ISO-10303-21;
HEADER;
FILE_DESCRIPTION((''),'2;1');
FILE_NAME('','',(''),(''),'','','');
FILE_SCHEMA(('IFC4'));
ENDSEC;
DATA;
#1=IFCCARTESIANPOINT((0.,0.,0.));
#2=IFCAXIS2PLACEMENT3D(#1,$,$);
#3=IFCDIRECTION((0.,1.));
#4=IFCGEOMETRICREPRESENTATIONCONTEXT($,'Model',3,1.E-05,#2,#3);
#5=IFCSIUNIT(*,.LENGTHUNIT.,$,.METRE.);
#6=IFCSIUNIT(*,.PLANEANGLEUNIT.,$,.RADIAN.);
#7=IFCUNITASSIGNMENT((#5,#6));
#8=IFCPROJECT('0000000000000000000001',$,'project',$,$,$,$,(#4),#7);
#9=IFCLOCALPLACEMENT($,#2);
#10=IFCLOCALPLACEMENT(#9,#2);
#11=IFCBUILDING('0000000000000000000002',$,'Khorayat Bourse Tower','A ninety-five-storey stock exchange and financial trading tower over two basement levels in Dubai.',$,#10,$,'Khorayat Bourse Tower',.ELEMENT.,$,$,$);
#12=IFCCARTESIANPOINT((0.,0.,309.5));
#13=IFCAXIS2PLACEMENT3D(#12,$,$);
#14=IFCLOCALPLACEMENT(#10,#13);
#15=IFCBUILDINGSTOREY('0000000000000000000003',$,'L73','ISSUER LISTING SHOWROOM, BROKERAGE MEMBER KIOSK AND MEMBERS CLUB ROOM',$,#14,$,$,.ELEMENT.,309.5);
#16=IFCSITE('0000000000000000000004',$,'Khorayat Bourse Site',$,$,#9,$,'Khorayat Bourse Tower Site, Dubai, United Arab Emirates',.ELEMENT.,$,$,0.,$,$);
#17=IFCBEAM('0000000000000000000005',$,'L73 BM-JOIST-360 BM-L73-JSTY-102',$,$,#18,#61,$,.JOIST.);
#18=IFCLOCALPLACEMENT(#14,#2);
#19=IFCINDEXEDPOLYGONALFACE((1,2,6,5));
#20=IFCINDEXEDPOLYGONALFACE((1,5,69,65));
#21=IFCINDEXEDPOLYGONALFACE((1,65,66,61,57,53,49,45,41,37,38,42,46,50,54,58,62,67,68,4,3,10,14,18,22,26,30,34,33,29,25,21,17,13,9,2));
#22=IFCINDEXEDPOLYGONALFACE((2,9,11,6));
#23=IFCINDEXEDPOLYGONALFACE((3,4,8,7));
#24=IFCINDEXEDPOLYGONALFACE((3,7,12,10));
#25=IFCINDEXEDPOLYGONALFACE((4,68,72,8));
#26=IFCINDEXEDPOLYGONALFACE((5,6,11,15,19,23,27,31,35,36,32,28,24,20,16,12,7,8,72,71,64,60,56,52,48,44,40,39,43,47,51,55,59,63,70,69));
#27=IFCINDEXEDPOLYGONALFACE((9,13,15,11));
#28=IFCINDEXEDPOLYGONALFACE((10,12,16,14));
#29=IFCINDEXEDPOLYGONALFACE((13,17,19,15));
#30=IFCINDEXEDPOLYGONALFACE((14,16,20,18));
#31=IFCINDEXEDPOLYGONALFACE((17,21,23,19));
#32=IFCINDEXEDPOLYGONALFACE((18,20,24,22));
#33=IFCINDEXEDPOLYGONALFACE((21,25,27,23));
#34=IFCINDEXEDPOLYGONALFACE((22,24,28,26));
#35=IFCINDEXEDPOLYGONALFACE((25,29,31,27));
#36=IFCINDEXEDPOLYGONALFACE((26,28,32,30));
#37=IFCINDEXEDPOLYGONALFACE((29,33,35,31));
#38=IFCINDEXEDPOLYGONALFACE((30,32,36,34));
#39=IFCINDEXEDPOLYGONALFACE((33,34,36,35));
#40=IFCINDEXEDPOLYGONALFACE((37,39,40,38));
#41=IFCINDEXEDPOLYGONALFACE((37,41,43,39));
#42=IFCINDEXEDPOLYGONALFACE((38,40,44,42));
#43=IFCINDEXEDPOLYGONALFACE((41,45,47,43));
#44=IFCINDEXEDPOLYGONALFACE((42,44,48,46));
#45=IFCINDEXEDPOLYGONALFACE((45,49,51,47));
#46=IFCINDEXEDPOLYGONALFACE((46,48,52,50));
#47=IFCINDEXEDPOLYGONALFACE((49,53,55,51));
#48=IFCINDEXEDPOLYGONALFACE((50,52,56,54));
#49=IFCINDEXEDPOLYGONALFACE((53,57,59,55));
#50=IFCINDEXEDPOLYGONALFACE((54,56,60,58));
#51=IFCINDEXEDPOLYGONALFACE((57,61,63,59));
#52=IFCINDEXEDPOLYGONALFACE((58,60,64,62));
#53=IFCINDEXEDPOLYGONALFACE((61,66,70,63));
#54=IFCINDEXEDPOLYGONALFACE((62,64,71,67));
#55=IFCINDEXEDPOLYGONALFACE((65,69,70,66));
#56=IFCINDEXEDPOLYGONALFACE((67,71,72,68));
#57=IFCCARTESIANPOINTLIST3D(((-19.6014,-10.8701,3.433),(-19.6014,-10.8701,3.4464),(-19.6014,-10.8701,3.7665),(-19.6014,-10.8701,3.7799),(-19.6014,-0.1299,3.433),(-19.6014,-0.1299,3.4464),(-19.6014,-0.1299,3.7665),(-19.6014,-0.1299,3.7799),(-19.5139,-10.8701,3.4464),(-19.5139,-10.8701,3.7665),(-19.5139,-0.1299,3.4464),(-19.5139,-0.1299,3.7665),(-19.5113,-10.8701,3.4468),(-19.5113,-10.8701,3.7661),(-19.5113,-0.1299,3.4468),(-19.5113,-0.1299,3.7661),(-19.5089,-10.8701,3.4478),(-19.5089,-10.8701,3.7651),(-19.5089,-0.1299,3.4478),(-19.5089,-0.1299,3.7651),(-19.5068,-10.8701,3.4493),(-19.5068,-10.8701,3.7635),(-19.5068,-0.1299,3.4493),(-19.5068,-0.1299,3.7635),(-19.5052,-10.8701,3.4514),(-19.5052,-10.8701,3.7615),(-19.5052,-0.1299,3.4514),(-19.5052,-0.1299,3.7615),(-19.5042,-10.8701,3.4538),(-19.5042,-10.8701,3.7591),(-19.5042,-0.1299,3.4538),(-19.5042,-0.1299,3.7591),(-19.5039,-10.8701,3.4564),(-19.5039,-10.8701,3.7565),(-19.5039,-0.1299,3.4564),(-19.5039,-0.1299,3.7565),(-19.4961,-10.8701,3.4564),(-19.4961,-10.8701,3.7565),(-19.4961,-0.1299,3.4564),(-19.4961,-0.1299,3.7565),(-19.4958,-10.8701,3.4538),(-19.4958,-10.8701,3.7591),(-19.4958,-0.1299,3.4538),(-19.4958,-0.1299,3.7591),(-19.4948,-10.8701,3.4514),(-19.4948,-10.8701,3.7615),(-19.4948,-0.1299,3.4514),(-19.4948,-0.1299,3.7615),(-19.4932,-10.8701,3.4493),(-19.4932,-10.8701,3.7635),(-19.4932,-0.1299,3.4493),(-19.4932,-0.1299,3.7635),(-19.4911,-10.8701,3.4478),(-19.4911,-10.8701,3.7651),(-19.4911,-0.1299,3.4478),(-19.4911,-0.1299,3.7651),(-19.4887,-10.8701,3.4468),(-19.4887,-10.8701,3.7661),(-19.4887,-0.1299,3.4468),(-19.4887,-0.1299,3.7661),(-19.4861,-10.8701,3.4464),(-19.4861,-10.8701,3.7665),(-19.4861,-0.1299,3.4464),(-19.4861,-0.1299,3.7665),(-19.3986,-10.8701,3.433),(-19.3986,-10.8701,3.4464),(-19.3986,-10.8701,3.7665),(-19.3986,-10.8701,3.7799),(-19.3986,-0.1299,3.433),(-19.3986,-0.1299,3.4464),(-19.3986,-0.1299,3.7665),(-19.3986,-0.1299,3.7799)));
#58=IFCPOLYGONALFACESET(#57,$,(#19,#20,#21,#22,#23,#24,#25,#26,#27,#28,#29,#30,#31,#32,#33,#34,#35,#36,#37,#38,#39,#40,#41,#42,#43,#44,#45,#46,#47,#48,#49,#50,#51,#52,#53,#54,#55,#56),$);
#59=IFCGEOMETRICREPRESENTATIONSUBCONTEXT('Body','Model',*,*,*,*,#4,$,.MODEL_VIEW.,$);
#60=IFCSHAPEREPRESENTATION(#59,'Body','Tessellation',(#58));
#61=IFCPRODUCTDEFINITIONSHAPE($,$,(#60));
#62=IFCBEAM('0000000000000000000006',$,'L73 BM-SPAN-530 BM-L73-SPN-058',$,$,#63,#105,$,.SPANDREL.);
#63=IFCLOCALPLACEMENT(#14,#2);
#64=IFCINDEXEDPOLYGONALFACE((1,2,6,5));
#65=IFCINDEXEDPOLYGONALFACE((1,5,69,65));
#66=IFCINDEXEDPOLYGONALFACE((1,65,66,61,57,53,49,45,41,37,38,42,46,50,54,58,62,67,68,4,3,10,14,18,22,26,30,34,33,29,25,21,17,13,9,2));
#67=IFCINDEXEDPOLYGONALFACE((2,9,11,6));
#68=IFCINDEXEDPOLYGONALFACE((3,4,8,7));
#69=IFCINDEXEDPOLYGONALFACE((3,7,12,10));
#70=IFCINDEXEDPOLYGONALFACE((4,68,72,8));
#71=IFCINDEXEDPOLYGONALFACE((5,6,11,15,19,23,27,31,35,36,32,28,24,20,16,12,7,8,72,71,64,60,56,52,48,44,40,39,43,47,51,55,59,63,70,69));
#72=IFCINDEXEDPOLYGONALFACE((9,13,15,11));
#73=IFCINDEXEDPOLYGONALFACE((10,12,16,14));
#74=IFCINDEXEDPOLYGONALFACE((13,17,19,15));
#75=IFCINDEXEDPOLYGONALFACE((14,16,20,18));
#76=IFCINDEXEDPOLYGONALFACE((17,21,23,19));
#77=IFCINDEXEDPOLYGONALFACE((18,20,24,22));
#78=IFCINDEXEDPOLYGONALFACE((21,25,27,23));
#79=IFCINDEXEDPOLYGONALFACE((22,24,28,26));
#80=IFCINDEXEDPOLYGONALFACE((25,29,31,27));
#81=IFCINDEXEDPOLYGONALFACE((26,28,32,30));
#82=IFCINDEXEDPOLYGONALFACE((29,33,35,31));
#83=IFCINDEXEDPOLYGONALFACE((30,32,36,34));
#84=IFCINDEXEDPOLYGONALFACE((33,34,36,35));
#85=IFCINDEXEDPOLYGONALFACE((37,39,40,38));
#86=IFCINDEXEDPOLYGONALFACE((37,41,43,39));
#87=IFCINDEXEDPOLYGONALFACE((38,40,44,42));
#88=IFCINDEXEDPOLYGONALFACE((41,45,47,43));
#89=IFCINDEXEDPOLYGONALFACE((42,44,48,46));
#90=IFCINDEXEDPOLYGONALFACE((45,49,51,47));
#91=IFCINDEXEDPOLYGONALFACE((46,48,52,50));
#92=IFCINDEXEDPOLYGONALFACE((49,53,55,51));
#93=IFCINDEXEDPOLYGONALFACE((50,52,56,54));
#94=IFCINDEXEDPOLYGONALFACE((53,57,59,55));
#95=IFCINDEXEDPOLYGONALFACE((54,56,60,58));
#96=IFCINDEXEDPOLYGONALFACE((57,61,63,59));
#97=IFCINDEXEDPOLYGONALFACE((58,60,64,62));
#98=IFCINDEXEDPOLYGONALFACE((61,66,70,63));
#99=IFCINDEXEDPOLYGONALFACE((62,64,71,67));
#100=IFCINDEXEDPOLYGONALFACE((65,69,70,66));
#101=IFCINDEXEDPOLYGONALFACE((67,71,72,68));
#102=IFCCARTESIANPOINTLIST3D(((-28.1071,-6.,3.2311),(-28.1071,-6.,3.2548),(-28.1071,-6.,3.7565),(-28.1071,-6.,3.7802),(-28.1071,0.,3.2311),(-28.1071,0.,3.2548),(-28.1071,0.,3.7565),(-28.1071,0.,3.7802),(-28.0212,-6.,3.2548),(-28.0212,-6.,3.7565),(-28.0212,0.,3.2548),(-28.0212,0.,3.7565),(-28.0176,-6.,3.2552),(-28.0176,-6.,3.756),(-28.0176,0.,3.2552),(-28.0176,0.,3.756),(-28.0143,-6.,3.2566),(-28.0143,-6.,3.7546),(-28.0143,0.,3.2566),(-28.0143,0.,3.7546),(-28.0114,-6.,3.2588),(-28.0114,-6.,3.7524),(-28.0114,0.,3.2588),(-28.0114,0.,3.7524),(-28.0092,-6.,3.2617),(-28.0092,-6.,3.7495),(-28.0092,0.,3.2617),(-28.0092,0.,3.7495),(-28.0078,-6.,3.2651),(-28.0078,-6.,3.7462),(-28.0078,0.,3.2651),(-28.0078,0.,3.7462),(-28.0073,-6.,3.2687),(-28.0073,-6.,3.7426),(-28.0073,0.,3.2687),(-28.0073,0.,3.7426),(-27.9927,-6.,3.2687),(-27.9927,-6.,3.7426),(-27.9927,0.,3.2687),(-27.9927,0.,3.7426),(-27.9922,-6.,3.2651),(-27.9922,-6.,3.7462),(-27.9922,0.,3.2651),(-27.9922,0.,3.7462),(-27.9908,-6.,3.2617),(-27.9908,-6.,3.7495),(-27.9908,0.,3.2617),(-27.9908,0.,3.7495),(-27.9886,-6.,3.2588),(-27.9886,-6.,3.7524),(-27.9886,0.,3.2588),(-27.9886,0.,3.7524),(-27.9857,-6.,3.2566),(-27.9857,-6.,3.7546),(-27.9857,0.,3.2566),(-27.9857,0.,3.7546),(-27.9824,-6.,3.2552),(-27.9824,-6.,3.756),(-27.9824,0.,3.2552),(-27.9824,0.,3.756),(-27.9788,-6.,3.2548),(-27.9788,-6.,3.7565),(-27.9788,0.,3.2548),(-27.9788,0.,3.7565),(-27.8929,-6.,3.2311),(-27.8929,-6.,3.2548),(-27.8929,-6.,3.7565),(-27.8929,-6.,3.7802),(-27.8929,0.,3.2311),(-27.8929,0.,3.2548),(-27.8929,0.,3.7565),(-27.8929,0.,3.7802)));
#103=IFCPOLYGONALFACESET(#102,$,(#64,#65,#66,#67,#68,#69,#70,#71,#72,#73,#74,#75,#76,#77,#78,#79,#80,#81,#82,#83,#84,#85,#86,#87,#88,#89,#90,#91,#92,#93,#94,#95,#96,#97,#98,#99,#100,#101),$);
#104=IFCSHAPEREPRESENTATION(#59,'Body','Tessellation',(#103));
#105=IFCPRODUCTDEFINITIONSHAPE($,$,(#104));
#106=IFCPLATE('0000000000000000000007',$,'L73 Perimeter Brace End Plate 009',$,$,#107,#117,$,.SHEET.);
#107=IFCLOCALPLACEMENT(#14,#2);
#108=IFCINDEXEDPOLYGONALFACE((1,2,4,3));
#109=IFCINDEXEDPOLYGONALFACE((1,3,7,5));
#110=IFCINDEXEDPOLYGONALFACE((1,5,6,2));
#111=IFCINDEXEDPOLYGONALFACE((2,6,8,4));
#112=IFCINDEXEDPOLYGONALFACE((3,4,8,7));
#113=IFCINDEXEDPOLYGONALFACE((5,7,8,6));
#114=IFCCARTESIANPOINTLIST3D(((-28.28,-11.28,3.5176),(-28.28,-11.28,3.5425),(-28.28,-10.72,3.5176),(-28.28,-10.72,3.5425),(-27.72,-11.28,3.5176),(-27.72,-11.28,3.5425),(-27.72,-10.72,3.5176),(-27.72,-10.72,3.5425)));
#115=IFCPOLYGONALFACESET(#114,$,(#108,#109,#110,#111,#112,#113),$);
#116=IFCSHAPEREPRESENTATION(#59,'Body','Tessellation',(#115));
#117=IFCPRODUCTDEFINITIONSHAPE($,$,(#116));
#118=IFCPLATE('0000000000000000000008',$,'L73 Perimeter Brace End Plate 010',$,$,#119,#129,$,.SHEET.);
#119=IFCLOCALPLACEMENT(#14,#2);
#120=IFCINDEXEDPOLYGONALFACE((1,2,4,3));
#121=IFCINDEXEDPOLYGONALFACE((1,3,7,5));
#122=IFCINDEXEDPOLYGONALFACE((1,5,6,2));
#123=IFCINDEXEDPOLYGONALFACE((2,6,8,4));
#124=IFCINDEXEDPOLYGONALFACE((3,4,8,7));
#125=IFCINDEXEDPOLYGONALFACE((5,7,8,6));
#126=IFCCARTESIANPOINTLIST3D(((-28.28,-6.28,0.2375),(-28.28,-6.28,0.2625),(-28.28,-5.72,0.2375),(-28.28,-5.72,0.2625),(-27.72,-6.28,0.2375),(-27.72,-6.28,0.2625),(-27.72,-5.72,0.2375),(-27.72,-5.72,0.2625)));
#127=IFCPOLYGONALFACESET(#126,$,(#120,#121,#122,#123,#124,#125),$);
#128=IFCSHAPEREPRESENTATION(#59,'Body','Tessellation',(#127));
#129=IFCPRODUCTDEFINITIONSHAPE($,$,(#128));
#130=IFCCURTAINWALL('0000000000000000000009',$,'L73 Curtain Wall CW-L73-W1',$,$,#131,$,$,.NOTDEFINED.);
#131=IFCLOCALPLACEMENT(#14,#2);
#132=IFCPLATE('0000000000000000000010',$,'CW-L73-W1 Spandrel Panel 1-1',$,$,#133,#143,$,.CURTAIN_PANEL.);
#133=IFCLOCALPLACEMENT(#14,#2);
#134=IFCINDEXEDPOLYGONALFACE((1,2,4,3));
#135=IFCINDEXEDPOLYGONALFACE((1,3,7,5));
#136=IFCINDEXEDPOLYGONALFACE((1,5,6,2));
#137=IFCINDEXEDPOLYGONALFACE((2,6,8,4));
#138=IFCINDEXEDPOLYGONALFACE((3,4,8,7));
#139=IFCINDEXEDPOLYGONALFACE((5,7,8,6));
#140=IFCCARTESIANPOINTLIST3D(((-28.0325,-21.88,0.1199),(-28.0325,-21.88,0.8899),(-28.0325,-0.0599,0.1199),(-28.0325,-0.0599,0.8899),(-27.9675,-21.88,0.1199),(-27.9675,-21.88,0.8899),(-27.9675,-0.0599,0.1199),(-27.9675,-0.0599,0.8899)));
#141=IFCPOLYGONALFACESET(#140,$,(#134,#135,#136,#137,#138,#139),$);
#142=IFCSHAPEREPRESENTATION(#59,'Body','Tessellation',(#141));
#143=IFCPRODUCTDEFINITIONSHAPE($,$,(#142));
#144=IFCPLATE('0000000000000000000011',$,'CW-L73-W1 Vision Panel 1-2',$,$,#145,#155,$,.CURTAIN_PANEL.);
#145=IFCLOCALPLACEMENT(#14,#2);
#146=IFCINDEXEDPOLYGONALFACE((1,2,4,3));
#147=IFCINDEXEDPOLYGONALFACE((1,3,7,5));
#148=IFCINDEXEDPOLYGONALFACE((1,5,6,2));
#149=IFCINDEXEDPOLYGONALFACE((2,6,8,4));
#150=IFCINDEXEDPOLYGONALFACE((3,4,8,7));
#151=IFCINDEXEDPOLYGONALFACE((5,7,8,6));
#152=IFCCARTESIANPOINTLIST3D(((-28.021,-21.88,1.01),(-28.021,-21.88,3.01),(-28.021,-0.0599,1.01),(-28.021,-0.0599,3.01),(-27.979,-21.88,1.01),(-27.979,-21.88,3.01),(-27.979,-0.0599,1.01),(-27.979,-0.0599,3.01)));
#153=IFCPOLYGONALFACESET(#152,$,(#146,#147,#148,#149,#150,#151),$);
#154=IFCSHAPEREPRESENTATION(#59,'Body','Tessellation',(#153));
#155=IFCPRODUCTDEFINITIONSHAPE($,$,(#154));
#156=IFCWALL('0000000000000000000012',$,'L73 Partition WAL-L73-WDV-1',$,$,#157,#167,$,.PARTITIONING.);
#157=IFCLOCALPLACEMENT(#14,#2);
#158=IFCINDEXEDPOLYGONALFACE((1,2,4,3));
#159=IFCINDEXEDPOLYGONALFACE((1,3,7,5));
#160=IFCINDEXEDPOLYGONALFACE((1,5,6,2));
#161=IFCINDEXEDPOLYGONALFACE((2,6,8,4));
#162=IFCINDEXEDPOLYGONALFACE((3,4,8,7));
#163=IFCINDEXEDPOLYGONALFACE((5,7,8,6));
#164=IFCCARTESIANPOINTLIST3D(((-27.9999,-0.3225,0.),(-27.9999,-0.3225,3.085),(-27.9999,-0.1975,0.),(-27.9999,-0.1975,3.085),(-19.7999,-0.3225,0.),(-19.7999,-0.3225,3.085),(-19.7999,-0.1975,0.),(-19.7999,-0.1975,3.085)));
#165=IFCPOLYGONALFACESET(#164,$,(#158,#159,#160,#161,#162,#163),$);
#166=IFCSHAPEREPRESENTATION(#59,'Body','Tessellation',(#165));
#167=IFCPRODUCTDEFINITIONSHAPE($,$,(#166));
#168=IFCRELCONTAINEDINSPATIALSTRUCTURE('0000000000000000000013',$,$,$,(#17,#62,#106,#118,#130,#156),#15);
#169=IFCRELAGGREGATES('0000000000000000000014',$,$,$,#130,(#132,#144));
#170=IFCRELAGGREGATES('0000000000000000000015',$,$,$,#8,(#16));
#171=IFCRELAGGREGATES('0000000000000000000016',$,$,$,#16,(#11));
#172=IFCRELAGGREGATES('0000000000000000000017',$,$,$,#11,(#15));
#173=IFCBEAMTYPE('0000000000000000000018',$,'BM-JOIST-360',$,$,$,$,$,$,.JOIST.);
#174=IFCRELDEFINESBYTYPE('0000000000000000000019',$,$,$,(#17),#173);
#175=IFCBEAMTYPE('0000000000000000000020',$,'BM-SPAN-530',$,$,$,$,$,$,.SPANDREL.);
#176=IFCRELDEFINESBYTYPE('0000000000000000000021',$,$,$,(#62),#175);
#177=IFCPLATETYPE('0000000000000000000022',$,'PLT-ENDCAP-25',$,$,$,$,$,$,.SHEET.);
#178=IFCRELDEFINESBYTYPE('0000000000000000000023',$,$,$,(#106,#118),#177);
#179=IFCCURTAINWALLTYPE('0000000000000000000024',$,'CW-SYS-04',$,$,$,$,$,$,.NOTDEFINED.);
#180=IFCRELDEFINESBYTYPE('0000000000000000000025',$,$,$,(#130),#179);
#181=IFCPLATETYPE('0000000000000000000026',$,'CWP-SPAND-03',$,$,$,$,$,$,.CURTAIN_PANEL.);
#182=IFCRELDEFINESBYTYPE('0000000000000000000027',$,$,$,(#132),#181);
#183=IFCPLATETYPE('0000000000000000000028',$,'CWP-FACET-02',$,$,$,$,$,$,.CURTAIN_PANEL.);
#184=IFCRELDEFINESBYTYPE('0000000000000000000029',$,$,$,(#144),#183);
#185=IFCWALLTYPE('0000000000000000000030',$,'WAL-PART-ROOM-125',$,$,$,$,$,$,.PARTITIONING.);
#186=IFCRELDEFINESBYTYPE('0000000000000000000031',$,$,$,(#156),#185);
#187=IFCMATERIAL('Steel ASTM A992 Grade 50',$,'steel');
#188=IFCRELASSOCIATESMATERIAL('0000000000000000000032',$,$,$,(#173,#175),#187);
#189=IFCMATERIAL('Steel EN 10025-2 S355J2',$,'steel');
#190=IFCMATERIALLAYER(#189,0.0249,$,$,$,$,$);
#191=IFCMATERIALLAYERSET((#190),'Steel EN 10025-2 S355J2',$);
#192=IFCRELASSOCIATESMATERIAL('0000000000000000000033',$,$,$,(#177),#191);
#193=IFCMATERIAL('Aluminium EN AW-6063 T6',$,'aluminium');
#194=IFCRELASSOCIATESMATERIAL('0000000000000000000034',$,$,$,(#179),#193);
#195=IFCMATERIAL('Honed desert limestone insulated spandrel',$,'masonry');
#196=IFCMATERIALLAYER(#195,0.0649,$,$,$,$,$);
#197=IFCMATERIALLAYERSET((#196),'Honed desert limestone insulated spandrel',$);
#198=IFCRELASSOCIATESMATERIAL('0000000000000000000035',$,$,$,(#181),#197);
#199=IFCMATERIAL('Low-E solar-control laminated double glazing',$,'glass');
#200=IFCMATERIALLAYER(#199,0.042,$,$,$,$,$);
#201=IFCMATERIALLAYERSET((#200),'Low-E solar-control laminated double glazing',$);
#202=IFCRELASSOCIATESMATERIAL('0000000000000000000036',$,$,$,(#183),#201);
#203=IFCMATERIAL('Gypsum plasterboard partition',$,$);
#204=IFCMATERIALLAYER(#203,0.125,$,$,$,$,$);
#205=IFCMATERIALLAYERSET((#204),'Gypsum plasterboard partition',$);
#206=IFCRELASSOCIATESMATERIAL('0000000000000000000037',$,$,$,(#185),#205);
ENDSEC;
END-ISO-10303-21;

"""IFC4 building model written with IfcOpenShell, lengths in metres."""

from ifc_helpers import new_model, si_unit, direction, frame, frame_2d, origin, origin_2d, place, context, subcontext, project, spatial, rectangle, i_section, extrude, source, transform, mapped, material, layer, layer_set, material_profile, profile_set, type_object, element, aggregate, save


model = new_model("IFC4")

# Units and contexts
model_context = context("Model", 3, precision=1e-05, world=origin(), true_north=direction((0.0, 1.0)))
body_context = subcontext(model_context, "Body", "Model", "MODEL_VIEW")
ifc_project = project(units=[si_unit("LENGTHUNIT", "METRE"), si_unit("PLANEANGLEUNIT", "RADIAN")], contexts=[model_context])

# Site, building, storey
site_placement = place(None, origin())
site = spatial("IfcSite", under=ifc_project, at=site_placement, Name="Khorayat Bourse Site", LongName="Khorayat Bourse Tower Site, Dubai, United Arab Emirates", CompositionType="ELEMENT", RefElevation=0.0)
building_placement = place(site_placement, origin())
building = spatial("IfcBuilding", under=site, at=building_placement, Name="Khorayat Bourse Tower", Description="A ninety-five-storey stock exchange and financial trading tower over two basement levels in Dubai.", LongName="Khorayat Bourse Tower", CompositionType="ELEMENT")
storey_placement = place(building_placement, frame((0.0, 0.0, 309.5)))
storey = spatial("IfcBuildingStorey", under=building, at=storey_placement, Name="L73", Description="ISSUER LISTING SHOWROOM, BROKERAGE MEMBER KIOSK AND MEMBERS CLUB ROOM", CompositionType="ELEMENT", Elevation=309.5)

# Beams
ifc_material_1 = material(Name="Steel ASTM A992 Grade 50", Category="steel")
ifc_material_profile_1 = material_profile(ifc_material_1, i_section(OverallWidth=0.2029, OverallDepth=0.3469, WebThickness=0.0078, FlangeThickness=0.0134, FilletRadius=0.01, at=origin_2d()), Name="W360X64")
ifc_profile_set_1 = profile_set([ifc_material_profile_1], Name="Steel ASTM A992 Grade 50")
beam_type_1 = type_object("IfcBeamType", Name="BM-JOIST-360", PredefinedType="JOIST", material=ifc_profile_set_1)
shared_shape_1 = source(origin(), body_context, "Body", "SweptSolid", [
    extrude(i_section(OverallWidth=0.2029, OverallDepth=0.3469, WebThickness=0.0078, FlangeThickness=0.0134, FilletRadius=0.01, at=origin_2d()), origin(), (0.0, 0.0, 1.0), 10.7402),
])
beam_1_placement = place(storey_placement, frame((-19.5, -10.8701, 3.6064), z_axis=(0.0, 1.0, 0.0), x_axis=(-1.0, 0.0, 0.0)))
element("IfcBeam", 1, at=beam_1_placement, inside=storey, type_object=beam_type_1, Name="L73 BM-JOIST-360 BM-L73-JSTY-102", PredefinedType="JOIST", context=body_context, shape_type="MappedRepresentation", body=[
    mapped(shared_shape_1, transform((0.0, 0.0, 0.0), scale=1.0)),
])
ifc_material_profile_2 = material_profile(ifc_material_1, i_section(OverallWidth=0.2141, OverallDepth=0.5491, WebThickness=0.0146, FlangeThickness=0.0237, FilletRadius=0.0139, at=origin_2d()), Name="W530X138")
ifc_profile_set_2 = profile_set([ifc_material_profile_2], Name="Steel ASTM A992 Grade 50")
beam_type_2 = type_object("IfcBeamType", Name="BM-SPAN-530", PredefinedType="SPANDREL", material=ifc_profile_set_2)
shared_shape_2 = source(origin(), body_context, "Body", "SweptSolid", [
    extrude(i_section(OverallWidth=0.2141, OverallDepth=0.5491, WebThickness=0.0146, FlangeThickness=0.0237, FilletRadius=0.0139, at=origin_2d()), origin(), (0.0, 0.0, 1.0), 6.0),
])
beam_2_placement = place(storey_placement, frame((-28.0, -6.0, 3.5056), z_axis=(0.0, 1.0, 0.0), x_axis=(-1.0, 0.0, 0.0)))
element("IfcBeam", 2, at=beam_2_placement, inside=storey, type_object=beam_type_2, Name="L73 BM-SPAN-530 BM-L73-SPN-058", PredefinedType="SPANDREL", context=body_context, shape_type="MappedRepresentation", body=[
    mapped(shared_shape_2, transform((0.0, 0.0, 0.0), scale=1.0)),
])

# Plates
ifc_material_2 = material(Name="Steel EN 10025-2 S355J2", Category="steel")
ifc_layer_1 = layer(ifc_material_2, 0.0249)
ifc_layer_set_1 = layer_set([ifc_layer_1], Name="Steel EN 10025-2 S355J2")
plate_type_1 = type_object("IfcPlateType", Name="PLT-ENDCAP-25", PredefinedType="SHEET", material=ifc_layer_set_1)
shared_shape_3 = source(origin(), body_context, "Body", "SweptSolid", [
    extrude(rectangle(XDim=0.5601, YDim=0.5601, at=origin_2d()), origin(), (0.0, 0.0, 1.0), 0.0249),
])
for number, where, z_axis, x_axis, name in (
    (3, (-28.0, -11.0, 3.5176), (0.0, 0.0, 1.0), (1.0, 0.0, 0.0), "L73 Perimeter Brace End Plate 009"),
    (4, (-28.0, -6.0, 0.2375), (0.0, 0.0, 1.0), (1.0, 0.0, 0.0), "L73 Perimeter Brace End Plate 010"),
):
    element("IfcPlate", number, at=place(storey_placement, frame(where, z_axis=z_axis, x_axis=x_axis)), inside=storey, type_object=plate_type_1, Name=name, PredefinedType="SHEET", context=body_context, shape_type="MappedRepresentation", body=[
        mapped(shared_shape_3, transform((0.0, 0.0, 0.0), scale=1.0)),
    ])

# Curtain wall, plates
ifc_material_3 = material(Name="Aluminium EN AW-6063 T6", Category="aluminium")
curtain_wall_type = type_object("IfcCurtainWallType", Name="CW-SYS-04", PredefinedType="NOTDEFINED", material=ifc_material_3)
curtain_wall_placement = place(storey_placement, origin())
curtain_wall = element("IfcCurtainWall", 5, at=curtain_wall_placement, inside=storey, type_object=curtain_wall_type, Name="L73 Curtain Wall CW-L73-W1", PredefinedType="NOTDEFINED")
ifc_material_4 = material(Name="Honed desert limestone insulated spandrel", Category="masonry")
ifc_layer_2 = layer(ifc_material_4, 0.0649)
ifc_layer_set_2 = layer_set([ifc_layer_2], Name="Honed desert limestone insulated spandrel")
plate_type_2 = type_object("IfcPlateType", Name="CWP-SPAND-03", PredefinedType="CURTAIN_PANEL", material=ifc_layer_set_2)
shared_shape_4 = source(origin(), body_context, "Body", "SweptSolid", [
    extrude(rectangle(XDim=21.8201, YDim=0.0649, at=origin_2d()), origin(), (0.0, 0.0, 1.0), 0.77),
])
plate_1_placement = place(storey_placement, frame((-28.0, -10.97, 0.1199), z_axis=(0.0, 0.0, 1.0), x_axis=(0.0, 1.0, 0.0)))
plate_1 = element("IfcPlate", 6, at=plate_1_placement, type_object=plate_type_2, Name="CW-L73-W1 Spandrel Panel 1-1", PredefinedType="CURTAIN_PANEL", context=body_context, shape_type="MappedRepresentation", body=[
    mapped(shared_shape_4, transform((0.0, 0.0, 0.0), scale=1.0)),
])
ifc_material_5 = material(Name="Low-E solar-control laminated double glazing", Category="glass")
ifc_layer_3 = layer(ifc_material_5, 0.042)
ifc_layer_set_3 = layer_set([ifc_layer_3], Name="Low-E solar-control laminated double glazing")
plate_type_3 = type_object("IfcPlateType", Name="CWP-FACET-02", PredefinedType="CURTAIN_PANEL", material=ifc_layer_set_3)
shared_shape_5 = source(origin(), body_context, "Body", "SweptSolid", [
    extrude(rectangle(XDim=21.8201, YDim=0.042, at=origin_2d()), origin(), (0.0, 0.0, 1.0), 2.0),
])
plate_2_placement = place(storey_placement, frame((-28.0, -10.97, 1.01), z_axis=(0.0, 0.0, 1.0), x_axis=(0.0, 1.0, 0.0)))
plate_2 = element("IfcPlate", 7, at=plate_2_placement, type_object=plate_type_3, Name="CW-L73-W1 Vision Panel 1-2", PredefinedType="CURTAIN_PANEL", context=body_context, shape_type="MappedRepresentation", body=[
    mapped(shared_shape_5, transform((0.0, 0.0, 0.0), scale=1.0)),
])
aggregate(curtain_wall, [plate_1, plate_2])

# Wall
ifc_material_6 = material(Name="Gypsum plasterboard partition")
ifc_layer_4 = layer(ifc_material_6, 0.125)
ifc_layer_set_4 = layer_set([ifc_layer_4], Name="Gypsum plasterboard partition")
wall_type = type_object("IfcWallType", Name="WAL-PART-ROOM-125", PredefinedType="PARTITIONING", material=ifc_layer_set_4)
shared_shape_6 = source(origin(), body_context, "Body", "SweptSolid", [
    extrude(rectangle(XDim=8.2, YDim=0.125, at=frame_2d((4.1001, 0.0))), origin(), (0.0, 0.0, 1.0), 3.085),
])
wall_placement = place(storey_placement, frame((-28.0, -0.26, 0.0), z_axis=(0.0, 0.0, 1.0), x_axis=(1.0, 0.0, 0.0)))
element("IfcWall", 8, at=wall_placement, inside=storey, type_object=wall_type, Name="L73 Partition WAL-L73-WDV-1", PredefinedType="PARTITIONING", context=body_context, shape_type="MappedRepresentation", body=[
    mapped(shared_shape_6, transform((0.0, 0.0, 0.0), scale=1.0)),
])

save(model, "model.ifc")
